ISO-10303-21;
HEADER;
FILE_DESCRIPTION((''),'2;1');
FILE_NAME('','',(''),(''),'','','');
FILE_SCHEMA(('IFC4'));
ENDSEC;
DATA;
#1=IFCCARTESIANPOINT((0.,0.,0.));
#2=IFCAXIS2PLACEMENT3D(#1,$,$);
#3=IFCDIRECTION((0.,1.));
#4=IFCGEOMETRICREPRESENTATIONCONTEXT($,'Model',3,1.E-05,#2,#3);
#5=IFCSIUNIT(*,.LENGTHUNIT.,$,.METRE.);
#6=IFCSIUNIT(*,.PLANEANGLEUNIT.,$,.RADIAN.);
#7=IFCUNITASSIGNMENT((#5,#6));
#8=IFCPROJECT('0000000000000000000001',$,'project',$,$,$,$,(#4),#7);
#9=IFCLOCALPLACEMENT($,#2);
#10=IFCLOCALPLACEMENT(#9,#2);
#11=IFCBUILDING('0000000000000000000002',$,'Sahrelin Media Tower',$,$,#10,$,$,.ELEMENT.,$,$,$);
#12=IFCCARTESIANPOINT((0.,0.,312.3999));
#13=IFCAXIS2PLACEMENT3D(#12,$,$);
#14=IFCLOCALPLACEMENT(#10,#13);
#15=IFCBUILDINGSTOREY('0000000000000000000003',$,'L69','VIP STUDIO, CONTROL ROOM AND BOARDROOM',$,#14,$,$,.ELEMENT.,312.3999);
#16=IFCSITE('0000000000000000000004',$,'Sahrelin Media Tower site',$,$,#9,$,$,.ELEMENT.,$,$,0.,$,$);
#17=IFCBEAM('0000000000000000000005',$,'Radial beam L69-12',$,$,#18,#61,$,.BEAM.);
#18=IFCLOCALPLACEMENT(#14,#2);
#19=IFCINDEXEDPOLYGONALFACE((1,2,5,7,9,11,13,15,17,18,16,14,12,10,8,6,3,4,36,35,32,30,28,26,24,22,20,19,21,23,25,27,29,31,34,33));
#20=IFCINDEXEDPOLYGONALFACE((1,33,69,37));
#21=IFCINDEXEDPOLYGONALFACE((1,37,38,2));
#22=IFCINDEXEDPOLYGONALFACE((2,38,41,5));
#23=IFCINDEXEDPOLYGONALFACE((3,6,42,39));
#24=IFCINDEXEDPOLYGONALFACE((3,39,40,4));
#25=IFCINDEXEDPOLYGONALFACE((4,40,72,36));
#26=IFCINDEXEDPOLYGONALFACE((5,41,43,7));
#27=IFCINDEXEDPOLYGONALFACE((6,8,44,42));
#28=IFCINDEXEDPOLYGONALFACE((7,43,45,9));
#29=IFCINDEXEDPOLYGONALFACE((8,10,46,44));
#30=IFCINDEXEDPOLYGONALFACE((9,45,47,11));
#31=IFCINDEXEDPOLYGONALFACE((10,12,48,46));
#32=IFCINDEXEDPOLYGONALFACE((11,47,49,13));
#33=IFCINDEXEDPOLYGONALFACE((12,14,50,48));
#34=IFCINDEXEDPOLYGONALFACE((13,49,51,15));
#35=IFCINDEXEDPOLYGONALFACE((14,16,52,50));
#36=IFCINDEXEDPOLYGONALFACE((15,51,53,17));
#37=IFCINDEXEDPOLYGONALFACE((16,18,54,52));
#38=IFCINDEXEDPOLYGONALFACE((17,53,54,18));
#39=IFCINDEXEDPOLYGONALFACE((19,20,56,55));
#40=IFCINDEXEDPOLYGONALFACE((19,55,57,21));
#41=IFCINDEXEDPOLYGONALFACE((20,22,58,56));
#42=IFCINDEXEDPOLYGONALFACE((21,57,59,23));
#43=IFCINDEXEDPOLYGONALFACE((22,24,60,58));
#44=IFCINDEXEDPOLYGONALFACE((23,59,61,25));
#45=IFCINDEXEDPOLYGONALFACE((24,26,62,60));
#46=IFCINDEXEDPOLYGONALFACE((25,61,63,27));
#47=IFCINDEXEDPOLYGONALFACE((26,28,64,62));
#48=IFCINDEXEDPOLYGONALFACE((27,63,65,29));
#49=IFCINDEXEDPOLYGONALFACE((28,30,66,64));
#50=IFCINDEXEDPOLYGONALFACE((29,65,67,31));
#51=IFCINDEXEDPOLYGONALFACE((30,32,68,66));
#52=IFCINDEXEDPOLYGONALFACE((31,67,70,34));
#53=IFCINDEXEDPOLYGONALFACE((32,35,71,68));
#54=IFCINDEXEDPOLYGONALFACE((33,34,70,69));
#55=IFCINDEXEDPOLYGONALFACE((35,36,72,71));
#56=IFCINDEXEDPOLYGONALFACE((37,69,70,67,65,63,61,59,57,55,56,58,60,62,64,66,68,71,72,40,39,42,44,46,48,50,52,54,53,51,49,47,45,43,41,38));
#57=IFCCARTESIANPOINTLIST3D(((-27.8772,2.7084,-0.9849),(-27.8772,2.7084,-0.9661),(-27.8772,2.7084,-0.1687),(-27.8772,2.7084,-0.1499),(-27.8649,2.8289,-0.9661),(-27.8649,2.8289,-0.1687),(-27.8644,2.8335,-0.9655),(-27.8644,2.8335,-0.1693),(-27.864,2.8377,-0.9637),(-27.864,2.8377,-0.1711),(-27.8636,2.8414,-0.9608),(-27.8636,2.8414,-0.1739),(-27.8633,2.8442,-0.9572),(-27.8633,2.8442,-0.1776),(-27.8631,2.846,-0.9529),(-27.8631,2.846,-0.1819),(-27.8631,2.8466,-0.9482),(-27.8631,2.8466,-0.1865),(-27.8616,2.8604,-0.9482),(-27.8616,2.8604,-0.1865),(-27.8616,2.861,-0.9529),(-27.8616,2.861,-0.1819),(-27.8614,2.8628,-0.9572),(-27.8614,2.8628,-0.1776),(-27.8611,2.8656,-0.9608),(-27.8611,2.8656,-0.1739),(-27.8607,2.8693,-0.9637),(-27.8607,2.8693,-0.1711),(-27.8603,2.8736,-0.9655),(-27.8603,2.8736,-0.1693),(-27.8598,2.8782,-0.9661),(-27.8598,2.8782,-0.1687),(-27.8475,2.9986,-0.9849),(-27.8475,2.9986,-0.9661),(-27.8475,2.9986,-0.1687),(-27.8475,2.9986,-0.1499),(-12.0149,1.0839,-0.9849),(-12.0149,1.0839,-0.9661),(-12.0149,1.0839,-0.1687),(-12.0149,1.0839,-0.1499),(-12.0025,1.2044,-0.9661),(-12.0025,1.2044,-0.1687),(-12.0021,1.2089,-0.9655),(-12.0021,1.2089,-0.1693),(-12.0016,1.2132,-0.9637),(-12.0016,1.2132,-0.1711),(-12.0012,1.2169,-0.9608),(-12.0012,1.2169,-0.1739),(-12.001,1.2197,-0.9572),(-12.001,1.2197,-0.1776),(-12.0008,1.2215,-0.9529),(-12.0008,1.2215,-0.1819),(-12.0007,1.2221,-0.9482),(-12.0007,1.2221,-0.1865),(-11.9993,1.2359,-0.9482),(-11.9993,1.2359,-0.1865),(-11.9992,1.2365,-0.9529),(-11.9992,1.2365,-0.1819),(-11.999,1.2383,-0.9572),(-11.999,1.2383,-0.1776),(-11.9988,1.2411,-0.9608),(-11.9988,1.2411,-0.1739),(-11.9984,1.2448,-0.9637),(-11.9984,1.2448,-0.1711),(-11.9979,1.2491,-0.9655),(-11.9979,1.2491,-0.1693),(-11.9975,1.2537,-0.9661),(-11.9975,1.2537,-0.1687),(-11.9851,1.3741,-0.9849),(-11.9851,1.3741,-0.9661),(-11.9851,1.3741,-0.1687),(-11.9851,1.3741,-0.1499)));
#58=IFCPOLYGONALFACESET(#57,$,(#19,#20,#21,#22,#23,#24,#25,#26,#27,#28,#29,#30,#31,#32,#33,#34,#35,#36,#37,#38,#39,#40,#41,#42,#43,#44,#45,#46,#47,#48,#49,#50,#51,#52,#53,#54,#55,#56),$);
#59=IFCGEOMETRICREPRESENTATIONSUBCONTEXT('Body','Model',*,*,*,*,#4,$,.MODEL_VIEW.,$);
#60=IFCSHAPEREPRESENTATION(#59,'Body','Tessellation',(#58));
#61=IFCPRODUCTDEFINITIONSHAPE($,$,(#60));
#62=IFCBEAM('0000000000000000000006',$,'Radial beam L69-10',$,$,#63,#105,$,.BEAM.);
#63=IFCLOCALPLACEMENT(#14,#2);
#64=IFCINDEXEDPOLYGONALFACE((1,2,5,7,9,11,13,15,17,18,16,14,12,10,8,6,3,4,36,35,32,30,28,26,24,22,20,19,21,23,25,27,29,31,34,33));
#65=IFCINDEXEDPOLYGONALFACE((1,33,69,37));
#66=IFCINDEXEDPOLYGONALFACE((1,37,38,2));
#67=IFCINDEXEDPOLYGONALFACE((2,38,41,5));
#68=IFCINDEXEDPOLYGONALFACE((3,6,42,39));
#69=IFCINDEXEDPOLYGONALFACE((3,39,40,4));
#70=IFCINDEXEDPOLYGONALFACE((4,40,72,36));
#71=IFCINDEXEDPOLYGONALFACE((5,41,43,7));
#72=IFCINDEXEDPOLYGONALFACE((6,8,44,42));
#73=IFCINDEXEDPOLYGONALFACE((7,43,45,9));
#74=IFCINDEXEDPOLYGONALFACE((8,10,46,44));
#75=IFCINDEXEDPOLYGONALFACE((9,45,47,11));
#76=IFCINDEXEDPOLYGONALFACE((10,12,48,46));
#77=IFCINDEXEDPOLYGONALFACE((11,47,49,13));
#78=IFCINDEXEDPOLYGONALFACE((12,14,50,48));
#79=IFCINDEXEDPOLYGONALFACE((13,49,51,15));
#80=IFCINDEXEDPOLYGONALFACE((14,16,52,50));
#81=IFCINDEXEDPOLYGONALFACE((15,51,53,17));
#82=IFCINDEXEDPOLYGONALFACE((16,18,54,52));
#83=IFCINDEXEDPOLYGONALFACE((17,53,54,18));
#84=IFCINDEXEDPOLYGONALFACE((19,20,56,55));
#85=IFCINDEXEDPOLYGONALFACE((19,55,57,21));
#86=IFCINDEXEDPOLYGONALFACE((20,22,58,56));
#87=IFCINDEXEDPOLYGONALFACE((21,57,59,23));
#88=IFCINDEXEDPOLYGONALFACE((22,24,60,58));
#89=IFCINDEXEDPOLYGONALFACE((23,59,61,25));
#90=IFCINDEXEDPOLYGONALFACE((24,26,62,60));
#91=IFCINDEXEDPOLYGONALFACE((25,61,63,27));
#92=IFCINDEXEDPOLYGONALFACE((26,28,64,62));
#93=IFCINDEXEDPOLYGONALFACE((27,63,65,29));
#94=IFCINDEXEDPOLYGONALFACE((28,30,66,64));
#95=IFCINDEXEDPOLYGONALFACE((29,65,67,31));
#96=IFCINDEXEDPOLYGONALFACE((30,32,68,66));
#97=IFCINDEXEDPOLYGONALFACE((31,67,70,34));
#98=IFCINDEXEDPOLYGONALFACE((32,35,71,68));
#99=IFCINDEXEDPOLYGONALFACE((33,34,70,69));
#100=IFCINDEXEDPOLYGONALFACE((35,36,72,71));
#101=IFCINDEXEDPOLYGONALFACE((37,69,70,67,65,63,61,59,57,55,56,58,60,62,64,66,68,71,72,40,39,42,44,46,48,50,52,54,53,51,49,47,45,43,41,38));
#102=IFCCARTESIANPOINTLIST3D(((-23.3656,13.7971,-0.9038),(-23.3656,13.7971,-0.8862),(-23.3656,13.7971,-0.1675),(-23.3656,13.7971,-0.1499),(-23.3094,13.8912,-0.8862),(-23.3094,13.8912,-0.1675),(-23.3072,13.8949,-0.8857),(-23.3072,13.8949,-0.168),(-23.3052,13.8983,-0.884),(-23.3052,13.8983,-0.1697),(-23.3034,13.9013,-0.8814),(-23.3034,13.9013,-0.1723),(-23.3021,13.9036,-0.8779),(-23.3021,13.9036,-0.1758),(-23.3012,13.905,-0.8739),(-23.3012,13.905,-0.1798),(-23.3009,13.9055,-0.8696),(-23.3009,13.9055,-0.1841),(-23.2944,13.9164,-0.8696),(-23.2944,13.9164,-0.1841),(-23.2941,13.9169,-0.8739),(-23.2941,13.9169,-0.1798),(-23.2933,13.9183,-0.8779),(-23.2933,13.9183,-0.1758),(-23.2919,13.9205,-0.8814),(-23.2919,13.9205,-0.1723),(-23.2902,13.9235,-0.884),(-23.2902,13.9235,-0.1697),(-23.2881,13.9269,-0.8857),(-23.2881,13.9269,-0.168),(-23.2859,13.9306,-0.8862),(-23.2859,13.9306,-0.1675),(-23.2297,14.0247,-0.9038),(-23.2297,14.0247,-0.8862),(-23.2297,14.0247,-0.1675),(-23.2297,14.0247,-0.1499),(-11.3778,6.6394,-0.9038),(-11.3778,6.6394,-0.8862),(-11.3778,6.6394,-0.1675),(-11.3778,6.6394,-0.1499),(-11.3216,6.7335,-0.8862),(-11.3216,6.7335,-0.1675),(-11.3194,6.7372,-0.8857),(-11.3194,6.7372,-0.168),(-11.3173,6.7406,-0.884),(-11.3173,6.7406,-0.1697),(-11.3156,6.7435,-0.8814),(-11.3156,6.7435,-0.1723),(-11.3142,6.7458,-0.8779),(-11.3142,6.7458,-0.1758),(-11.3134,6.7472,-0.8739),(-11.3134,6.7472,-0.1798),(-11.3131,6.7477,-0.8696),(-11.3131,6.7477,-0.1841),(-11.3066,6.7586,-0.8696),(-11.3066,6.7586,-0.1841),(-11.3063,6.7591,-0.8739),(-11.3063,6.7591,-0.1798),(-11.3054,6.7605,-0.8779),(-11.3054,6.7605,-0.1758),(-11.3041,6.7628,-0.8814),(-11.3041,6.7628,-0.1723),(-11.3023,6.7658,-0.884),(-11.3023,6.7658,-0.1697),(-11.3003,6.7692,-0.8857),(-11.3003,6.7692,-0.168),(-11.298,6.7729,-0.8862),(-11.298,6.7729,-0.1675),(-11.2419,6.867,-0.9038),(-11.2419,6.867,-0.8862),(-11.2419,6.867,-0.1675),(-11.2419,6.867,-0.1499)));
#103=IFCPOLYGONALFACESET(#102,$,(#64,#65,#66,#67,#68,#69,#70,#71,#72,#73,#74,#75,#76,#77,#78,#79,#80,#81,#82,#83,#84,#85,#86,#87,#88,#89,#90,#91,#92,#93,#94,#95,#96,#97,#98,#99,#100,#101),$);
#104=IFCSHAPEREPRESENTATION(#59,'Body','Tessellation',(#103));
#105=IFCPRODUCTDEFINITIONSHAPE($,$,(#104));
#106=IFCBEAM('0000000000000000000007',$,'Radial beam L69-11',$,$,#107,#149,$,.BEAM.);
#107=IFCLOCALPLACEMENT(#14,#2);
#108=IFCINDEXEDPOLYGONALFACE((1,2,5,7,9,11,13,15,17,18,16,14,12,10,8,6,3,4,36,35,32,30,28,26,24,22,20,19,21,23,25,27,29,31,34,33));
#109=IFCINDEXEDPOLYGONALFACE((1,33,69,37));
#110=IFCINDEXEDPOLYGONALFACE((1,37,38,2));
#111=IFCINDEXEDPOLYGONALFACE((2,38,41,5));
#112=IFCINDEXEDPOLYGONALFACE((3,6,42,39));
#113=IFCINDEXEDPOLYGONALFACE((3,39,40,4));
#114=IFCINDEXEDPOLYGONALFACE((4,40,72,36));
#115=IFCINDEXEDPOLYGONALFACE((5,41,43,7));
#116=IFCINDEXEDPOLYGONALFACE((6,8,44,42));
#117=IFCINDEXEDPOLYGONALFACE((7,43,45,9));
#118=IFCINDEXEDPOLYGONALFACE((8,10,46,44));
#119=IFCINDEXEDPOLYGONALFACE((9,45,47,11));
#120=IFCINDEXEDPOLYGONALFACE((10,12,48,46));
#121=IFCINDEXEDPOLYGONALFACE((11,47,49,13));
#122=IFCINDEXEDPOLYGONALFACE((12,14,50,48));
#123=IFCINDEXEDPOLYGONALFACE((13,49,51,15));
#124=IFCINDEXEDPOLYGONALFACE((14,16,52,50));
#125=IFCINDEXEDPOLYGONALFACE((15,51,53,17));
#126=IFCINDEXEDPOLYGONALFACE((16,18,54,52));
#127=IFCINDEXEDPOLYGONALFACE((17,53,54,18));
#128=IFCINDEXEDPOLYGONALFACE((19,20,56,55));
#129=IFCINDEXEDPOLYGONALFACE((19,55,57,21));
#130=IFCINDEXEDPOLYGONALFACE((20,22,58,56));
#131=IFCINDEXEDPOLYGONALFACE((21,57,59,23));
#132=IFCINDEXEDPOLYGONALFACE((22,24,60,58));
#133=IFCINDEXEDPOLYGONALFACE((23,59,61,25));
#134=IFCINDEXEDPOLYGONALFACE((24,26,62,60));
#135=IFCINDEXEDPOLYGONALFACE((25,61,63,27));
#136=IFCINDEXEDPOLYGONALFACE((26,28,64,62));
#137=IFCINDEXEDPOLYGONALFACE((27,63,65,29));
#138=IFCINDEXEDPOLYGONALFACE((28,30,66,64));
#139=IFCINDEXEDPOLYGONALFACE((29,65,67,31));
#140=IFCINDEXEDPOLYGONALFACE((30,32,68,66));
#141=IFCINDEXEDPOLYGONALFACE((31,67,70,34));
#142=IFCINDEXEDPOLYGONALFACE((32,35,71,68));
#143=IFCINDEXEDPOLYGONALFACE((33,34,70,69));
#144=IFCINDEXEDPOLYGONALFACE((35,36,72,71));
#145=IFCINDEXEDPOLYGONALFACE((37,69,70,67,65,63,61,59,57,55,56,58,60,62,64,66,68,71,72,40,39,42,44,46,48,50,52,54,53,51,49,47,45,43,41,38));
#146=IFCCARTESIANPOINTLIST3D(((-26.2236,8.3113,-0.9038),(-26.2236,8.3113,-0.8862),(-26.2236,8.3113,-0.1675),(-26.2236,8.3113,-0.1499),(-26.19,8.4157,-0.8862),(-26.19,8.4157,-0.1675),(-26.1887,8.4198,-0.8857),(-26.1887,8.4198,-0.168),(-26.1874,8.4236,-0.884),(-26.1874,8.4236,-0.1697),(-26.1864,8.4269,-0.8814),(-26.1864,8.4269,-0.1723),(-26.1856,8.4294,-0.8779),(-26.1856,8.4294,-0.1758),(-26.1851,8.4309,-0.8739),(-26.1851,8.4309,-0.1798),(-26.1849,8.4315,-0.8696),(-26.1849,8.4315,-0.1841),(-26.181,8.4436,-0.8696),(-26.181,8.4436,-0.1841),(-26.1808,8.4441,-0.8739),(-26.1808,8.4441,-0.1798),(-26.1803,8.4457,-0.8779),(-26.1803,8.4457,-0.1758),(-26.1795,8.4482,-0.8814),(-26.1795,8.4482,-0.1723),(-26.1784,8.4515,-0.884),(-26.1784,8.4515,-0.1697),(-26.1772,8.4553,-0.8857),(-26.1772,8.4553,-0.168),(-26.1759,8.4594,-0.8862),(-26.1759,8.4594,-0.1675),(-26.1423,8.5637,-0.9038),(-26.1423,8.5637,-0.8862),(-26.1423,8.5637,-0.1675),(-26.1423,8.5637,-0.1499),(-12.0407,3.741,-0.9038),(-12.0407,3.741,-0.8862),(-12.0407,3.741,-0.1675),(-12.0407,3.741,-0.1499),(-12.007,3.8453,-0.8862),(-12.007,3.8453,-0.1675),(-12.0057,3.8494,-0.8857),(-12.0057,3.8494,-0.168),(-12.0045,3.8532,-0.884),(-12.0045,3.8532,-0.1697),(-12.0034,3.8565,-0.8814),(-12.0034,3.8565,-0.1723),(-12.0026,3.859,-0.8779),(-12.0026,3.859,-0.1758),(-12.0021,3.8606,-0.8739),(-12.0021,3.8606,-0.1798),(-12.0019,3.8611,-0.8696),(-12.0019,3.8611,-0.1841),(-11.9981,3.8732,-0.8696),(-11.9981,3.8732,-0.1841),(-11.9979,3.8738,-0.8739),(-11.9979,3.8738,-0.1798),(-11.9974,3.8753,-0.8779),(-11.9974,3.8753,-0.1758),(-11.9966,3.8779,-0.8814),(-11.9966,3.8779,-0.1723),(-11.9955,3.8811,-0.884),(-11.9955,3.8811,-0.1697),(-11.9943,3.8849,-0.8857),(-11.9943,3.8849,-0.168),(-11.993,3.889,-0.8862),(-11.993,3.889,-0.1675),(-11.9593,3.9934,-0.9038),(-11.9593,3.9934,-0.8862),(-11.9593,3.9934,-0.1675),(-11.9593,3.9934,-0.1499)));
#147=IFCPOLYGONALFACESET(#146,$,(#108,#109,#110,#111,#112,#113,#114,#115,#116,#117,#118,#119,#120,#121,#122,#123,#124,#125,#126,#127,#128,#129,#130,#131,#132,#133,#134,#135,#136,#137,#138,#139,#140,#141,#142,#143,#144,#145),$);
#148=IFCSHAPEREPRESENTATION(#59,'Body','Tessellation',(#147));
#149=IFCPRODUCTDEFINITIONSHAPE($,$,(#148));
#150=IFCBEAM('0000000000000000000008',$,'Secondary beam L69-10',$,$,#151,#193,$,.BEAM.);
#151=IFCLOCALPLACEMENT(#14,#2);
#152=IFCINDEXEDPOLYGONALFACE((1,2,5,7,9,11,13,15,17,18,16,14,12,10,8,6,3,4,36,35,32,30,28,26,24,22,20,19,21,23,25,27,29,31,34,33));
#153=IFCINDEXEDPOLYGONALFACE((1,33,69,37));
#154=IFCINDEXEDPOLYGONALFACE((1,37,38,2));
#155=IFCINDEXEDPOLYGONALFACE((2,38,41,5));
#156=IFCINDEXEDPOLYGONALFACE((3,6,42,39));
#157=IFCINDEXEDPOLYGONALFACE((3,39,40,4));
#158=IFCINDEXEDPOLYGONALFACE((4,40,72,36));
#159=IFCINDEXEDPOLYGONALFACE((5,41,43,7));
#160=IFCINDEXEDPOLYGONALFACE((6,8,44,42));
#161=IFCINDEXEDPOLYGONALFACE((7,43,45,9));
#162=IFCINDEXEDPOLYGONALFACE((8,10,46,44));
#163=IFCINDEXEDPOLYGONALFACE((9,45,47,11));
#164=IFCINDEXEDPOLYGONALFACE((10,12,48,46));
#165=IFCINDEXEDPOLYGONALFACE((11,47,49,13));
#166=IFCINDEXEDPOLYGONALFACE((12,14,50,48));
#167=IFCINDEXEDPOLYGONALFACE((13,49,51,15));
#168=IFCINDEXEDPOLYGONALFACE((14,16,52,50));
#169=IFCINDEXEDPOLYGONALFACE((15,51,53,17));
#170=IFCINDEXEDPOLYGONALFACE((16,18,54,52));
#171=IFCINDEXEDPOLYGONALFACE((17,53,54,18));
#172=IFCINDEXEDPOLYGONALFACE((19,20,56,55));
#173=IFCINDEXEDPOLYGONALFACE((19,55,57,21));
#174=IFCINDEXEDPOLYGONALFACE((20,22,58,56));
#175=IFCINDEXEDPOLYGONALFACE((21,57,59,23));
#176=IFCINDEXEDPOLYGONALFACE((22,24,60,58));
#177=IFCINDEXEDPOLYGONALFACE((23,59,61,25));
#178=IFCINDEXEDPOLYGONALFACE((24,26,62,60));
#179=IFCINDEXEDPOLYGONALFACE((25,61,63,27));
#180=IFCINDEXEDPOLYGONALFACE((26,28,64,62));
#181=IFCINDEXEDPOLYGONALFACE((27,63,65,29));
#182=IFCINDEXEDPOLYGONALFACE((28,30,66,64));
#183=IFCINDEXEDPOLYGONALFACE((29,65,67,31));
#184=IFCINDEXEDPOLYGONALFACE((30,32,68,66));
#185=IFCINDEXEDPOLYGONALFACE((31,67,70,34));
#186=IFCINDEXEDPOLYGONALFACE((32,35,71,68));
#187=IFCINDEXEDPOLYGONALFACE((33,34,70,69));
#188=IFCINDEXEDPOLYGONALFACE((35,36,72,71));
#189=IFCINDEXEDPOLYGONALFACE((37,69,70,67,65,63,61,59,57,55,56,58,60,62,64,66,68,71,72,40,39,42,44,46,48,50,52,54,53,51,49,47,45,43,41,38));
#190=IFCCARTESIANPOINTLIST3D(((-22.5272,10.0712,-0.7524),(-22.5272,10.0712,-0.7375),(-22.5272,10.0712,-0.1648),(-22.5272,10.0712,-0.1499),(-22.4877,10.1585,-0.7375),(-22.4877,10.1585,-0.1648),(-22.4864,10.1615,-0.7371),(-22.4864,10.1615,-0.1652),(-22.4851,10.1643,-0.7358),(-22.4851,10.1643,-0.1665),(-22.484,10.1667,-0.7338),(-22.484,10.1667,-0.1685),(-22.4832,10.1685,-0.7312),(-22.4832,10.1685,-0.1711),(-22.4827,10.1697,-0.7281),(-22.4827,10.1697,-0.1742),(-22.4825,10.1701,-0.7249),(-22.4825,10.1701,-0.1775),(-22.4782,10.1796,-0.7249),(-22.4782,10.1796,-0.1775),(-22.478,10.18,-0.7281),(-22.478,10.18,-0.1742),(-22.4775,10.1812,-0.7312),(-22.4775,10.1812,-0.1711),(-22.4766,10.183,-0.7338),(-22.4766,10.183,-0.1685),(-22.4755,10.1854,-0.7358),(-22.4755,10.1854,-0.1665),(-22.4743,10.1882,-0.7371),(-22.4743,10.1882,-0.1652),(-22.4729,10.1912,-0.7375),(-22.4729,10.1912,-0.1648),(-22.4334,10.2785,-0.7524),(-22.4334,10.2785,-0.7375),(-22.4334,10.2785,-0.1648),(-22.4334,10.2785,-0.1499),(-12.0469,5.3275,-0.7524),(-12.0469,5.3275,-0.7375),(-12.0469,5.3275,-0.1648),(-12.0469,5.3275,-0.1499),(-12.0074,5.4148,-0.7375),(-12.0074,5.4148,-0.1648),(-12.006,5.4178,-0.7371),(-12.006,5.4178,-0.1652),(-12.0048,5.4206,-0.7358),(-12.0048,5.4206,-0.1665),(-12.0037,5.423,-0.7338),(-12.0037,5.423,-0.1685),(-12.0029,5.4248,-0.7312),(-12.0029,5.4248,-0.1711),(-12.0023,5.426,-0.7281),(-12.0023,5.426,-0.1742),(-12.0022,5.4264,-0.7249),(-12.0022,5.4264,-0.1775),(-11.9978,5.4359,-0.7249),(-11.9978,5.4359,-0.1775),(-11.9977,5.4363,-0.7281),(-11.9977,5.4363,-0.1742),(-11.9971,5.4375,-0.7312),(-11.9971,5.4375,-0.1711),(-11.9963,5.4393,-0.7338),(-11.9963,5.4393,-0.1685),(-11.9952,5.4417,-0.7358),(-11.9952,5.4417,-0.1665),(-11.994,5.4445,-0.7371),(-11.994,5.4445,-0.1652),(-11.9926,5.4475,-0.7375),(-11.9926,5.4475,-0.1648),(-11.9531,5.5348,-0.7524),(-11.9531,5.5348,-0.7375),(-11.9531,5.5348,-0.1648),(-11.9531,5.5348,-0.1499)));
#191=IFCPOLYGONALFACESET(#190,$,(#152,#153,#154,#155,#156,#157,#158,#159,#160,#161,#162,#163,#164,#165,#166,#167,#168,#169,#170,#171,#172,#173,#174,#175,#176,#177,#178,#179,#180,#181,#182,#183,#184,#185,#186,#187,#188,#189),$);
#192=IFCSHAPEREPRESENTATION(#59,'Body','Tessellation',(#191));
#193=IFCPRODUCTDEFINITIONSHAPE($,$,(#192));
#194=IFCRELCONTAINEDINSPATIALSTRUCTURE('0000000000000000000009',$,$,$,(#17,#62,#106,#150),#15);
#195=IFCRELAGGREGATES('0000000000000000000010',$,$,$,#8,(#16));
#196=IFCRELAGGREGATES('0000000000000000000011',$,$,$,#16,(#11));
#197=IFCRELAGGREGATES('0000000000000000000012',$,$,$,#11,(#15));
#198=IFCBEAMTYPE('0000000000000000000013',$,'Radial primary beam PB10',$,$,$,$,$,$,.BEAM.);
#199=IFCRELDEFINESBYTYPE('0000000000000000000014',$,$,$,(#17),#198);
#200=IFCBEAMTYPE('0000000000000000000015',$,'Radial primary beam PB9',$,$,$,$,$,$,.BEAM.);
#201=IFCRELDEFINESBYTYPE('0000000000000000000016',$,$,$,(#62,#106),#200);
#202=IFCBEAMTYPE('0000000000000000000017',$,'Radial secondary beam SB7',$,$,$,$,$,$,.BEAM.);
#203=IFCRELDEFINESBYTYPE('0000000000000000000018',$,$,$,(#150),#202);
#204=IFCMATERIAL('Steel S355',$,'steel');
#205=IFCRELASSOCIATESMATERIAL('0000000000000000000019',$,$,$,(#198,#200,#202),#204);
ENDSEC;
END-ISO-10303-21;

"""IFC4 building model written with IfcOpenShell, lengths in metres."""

from ifc_helpers import new_model, si_unit, direction, frame, origin, origin_2d, place, context, subcontext, project, spatial, i_section, extrude, material, material_profile, profile_set, type_object, element, save


model = new_model("IFC4")

# Units and contexts
model_context = context("Model", 3, precision=1e-05, world=origin(), true_north=direction((0.0, 1.0)))
body_context = subcontext(model_context, "Body", "Model", "MODEL_VIEW")
ifc_project = project(units=[si_unit("LENGTHUNIT", "METRE"), si_unit("PLANEANGLEUNIT", "RADIAN")], contexts=[model_context])

# Site, building, storey
site_placement = place(None, origin())
site = spatial("IfcSite", under=ifc_project, at=site_placement, Name="Sahrelin Media Tower site", CompositionType="ELEMENT", RefElevation=0.0)
building_placement = place(site_placement, origin())
building = spatial("IfcBuilding", under=site, at=building_placement, Name="Sahrelin Media Tower", CompositionType="ELEMENT")
storey_placement = place(building_placement, frame((0.0, 0.0, 312.3999)))
storey = spatial("IfcBuildingStorey", under=building, at=storey_placement, Name="L69", Description="VIP STUDIO, CONTROL ROOM AND BOARDROOM", CompositionType="ELEMENT", Elevation=312.3999)

# Beams
ifc_material_1 = material(Name="Steel S355", Category="steel")
ifc_material_profile_1 = material_profile(ifc_material_1, i_section(OverallWidth=0.2917, OverallDepth=0.835, WebThickness=0.0139, FlangeThickness=0.0188, FilletRadius=0.0178, at=origin_2d()), Name="UB 838x292x176")
ifc_profile_set_1 = profile_set([ifc_material_profile_1], Name="Steel S355")
beam_type_1 = type_object("IfcBeamType", Name="Radial primary beam PB10", PredefinedType="BEAM", material=ifc_profile_set_1)
beam_1_placement = place(storey_placement, frame((-12.0, 1.229, -0.5674), z_axis=(-0.994797, 0.10188, 0.0), x_axis=(-0.10188, -0.994797, 0.0)))
element("IfcBeam", 1, at=beam_1_placement, inside=storey, type_object=beam_type_1, Name="Radial beam L69-12", PredefinedType="BEAM", context=body_context, shape_type="SweptSolid", body=[
    extrude(i_section(OverallWidth=0.2917, OverallDepth=0.835, WebThickness=0.0139, FlangeThickness=0.0188, FilletRadius=0.0178, at=origin_2d()), origin(), (0.0, 0.0, 1.0), 15.9453),
])
ifc_material_profile_2 = material_profile(ifc_material_1, i_section(OverallWidth=0.2651, OverallDepth=0.7539, WebThickness=0.0127, FlangeThickness=0.0176, FilletRadius=0.0166, at=origin_2d()), Name="UB 762x267x147")
ifc_profile_set_2 = profile_set([ifc_material_profile_2], Name="Steel S355")
beam_type_2 = type_object("IfcBeamType", Name="Radial primary beam PB9", PredefinedType="BEAM", material=ifc_profile_set_2)
beam_2_placement = place(storey_placement, frame((-11.3098, 6.7532, -0.5269), z_axis=(-0.858596, 0.512653, 0.0), x_axis=(-0.512653, -0.858596, 0.0)))
element("IfcBeam", 2, at=beam_2_placement, inside=storey, type_object=beam_type_2, Name="Radial beam L69-10", PredefinedType="BEAM", context=body_context, shape_type="SweptSolid", body=[
    extrude(i_section(OverallWidth=0.2651, OverallDepth=0.7539, WebThickness=0.0127, FlangeThickness=0.0176, FilletRadius=0.0166, at=origin_2d()), origin(), (0.0, 0.0, 1.0), 13.9622),
])
beam_3_placement = place(storey_placement, frame((-12.0, 3.8672, -0.5269), z_axis=(-0.951803, 0.306711, 0.0), x_axis=(-0.306711, -0.951803, 0.0)))
element("IfcBeam", 3, at=beam_3_placement, inside=storey, type_object=beam_type_2, Name="Radial beam L69-11", PredefinedType="BEAM", context=body_context, shape_type="SweptSolid", body=[
    extrude(i_section(OverallWidth=0.2651, OverallDepth=0.7539, WebThickness=0.0127, FlangeThickness=0.0176, FilletRadius=0.0166, at=origin_2d()), origin(), (0.0, 0.0, 1.0), 14.9011),
])
ifc_material_profile_3 = material_profile(ifc_material_1, i_section(OverallWidth=0.2275, OverallDepth=0.6025, WebThickness=0.0105, FlangeThickness=0.0149, FilletRadius=0.0127, at=origin_2d()), Name="UB 610x229x101")
ifc_profile_set_3 = profile_set([ifc_material_profile_3], Name="Steel S355")
beam_type_3 = type_object("IfcBeamType", Name="Radial secondary beam SB7", PredefinedType="BEAM", material=ifc_profile_set_3)
beam_4_placement = place(storey_placement, frame((-12.0, 5.4312, -0.4512), z_axis=(-0.911023, 0.412355, 0.0), x_axis=(-0.412355, -0.911023, 0.0)))
element("IfcBeam", 4, at=beam_4_placement, inside=storey, type_object=beam_type_3, Name="Secondary beam L69-10", PredefinedType="BEAM", context=body_context, shape_type="SweptSolid", body=[
    extrude(i_section(OverallWidth=0.2275, OverallDepth=0.6025, WebThickness=0.0105, FlangeThickness=0.0149, FilletRadius=0.0127, at=origin_2d()), origin(), (0.0, 0.0, 1.0), 11.5039),
])

save(model, "model.ifc")
